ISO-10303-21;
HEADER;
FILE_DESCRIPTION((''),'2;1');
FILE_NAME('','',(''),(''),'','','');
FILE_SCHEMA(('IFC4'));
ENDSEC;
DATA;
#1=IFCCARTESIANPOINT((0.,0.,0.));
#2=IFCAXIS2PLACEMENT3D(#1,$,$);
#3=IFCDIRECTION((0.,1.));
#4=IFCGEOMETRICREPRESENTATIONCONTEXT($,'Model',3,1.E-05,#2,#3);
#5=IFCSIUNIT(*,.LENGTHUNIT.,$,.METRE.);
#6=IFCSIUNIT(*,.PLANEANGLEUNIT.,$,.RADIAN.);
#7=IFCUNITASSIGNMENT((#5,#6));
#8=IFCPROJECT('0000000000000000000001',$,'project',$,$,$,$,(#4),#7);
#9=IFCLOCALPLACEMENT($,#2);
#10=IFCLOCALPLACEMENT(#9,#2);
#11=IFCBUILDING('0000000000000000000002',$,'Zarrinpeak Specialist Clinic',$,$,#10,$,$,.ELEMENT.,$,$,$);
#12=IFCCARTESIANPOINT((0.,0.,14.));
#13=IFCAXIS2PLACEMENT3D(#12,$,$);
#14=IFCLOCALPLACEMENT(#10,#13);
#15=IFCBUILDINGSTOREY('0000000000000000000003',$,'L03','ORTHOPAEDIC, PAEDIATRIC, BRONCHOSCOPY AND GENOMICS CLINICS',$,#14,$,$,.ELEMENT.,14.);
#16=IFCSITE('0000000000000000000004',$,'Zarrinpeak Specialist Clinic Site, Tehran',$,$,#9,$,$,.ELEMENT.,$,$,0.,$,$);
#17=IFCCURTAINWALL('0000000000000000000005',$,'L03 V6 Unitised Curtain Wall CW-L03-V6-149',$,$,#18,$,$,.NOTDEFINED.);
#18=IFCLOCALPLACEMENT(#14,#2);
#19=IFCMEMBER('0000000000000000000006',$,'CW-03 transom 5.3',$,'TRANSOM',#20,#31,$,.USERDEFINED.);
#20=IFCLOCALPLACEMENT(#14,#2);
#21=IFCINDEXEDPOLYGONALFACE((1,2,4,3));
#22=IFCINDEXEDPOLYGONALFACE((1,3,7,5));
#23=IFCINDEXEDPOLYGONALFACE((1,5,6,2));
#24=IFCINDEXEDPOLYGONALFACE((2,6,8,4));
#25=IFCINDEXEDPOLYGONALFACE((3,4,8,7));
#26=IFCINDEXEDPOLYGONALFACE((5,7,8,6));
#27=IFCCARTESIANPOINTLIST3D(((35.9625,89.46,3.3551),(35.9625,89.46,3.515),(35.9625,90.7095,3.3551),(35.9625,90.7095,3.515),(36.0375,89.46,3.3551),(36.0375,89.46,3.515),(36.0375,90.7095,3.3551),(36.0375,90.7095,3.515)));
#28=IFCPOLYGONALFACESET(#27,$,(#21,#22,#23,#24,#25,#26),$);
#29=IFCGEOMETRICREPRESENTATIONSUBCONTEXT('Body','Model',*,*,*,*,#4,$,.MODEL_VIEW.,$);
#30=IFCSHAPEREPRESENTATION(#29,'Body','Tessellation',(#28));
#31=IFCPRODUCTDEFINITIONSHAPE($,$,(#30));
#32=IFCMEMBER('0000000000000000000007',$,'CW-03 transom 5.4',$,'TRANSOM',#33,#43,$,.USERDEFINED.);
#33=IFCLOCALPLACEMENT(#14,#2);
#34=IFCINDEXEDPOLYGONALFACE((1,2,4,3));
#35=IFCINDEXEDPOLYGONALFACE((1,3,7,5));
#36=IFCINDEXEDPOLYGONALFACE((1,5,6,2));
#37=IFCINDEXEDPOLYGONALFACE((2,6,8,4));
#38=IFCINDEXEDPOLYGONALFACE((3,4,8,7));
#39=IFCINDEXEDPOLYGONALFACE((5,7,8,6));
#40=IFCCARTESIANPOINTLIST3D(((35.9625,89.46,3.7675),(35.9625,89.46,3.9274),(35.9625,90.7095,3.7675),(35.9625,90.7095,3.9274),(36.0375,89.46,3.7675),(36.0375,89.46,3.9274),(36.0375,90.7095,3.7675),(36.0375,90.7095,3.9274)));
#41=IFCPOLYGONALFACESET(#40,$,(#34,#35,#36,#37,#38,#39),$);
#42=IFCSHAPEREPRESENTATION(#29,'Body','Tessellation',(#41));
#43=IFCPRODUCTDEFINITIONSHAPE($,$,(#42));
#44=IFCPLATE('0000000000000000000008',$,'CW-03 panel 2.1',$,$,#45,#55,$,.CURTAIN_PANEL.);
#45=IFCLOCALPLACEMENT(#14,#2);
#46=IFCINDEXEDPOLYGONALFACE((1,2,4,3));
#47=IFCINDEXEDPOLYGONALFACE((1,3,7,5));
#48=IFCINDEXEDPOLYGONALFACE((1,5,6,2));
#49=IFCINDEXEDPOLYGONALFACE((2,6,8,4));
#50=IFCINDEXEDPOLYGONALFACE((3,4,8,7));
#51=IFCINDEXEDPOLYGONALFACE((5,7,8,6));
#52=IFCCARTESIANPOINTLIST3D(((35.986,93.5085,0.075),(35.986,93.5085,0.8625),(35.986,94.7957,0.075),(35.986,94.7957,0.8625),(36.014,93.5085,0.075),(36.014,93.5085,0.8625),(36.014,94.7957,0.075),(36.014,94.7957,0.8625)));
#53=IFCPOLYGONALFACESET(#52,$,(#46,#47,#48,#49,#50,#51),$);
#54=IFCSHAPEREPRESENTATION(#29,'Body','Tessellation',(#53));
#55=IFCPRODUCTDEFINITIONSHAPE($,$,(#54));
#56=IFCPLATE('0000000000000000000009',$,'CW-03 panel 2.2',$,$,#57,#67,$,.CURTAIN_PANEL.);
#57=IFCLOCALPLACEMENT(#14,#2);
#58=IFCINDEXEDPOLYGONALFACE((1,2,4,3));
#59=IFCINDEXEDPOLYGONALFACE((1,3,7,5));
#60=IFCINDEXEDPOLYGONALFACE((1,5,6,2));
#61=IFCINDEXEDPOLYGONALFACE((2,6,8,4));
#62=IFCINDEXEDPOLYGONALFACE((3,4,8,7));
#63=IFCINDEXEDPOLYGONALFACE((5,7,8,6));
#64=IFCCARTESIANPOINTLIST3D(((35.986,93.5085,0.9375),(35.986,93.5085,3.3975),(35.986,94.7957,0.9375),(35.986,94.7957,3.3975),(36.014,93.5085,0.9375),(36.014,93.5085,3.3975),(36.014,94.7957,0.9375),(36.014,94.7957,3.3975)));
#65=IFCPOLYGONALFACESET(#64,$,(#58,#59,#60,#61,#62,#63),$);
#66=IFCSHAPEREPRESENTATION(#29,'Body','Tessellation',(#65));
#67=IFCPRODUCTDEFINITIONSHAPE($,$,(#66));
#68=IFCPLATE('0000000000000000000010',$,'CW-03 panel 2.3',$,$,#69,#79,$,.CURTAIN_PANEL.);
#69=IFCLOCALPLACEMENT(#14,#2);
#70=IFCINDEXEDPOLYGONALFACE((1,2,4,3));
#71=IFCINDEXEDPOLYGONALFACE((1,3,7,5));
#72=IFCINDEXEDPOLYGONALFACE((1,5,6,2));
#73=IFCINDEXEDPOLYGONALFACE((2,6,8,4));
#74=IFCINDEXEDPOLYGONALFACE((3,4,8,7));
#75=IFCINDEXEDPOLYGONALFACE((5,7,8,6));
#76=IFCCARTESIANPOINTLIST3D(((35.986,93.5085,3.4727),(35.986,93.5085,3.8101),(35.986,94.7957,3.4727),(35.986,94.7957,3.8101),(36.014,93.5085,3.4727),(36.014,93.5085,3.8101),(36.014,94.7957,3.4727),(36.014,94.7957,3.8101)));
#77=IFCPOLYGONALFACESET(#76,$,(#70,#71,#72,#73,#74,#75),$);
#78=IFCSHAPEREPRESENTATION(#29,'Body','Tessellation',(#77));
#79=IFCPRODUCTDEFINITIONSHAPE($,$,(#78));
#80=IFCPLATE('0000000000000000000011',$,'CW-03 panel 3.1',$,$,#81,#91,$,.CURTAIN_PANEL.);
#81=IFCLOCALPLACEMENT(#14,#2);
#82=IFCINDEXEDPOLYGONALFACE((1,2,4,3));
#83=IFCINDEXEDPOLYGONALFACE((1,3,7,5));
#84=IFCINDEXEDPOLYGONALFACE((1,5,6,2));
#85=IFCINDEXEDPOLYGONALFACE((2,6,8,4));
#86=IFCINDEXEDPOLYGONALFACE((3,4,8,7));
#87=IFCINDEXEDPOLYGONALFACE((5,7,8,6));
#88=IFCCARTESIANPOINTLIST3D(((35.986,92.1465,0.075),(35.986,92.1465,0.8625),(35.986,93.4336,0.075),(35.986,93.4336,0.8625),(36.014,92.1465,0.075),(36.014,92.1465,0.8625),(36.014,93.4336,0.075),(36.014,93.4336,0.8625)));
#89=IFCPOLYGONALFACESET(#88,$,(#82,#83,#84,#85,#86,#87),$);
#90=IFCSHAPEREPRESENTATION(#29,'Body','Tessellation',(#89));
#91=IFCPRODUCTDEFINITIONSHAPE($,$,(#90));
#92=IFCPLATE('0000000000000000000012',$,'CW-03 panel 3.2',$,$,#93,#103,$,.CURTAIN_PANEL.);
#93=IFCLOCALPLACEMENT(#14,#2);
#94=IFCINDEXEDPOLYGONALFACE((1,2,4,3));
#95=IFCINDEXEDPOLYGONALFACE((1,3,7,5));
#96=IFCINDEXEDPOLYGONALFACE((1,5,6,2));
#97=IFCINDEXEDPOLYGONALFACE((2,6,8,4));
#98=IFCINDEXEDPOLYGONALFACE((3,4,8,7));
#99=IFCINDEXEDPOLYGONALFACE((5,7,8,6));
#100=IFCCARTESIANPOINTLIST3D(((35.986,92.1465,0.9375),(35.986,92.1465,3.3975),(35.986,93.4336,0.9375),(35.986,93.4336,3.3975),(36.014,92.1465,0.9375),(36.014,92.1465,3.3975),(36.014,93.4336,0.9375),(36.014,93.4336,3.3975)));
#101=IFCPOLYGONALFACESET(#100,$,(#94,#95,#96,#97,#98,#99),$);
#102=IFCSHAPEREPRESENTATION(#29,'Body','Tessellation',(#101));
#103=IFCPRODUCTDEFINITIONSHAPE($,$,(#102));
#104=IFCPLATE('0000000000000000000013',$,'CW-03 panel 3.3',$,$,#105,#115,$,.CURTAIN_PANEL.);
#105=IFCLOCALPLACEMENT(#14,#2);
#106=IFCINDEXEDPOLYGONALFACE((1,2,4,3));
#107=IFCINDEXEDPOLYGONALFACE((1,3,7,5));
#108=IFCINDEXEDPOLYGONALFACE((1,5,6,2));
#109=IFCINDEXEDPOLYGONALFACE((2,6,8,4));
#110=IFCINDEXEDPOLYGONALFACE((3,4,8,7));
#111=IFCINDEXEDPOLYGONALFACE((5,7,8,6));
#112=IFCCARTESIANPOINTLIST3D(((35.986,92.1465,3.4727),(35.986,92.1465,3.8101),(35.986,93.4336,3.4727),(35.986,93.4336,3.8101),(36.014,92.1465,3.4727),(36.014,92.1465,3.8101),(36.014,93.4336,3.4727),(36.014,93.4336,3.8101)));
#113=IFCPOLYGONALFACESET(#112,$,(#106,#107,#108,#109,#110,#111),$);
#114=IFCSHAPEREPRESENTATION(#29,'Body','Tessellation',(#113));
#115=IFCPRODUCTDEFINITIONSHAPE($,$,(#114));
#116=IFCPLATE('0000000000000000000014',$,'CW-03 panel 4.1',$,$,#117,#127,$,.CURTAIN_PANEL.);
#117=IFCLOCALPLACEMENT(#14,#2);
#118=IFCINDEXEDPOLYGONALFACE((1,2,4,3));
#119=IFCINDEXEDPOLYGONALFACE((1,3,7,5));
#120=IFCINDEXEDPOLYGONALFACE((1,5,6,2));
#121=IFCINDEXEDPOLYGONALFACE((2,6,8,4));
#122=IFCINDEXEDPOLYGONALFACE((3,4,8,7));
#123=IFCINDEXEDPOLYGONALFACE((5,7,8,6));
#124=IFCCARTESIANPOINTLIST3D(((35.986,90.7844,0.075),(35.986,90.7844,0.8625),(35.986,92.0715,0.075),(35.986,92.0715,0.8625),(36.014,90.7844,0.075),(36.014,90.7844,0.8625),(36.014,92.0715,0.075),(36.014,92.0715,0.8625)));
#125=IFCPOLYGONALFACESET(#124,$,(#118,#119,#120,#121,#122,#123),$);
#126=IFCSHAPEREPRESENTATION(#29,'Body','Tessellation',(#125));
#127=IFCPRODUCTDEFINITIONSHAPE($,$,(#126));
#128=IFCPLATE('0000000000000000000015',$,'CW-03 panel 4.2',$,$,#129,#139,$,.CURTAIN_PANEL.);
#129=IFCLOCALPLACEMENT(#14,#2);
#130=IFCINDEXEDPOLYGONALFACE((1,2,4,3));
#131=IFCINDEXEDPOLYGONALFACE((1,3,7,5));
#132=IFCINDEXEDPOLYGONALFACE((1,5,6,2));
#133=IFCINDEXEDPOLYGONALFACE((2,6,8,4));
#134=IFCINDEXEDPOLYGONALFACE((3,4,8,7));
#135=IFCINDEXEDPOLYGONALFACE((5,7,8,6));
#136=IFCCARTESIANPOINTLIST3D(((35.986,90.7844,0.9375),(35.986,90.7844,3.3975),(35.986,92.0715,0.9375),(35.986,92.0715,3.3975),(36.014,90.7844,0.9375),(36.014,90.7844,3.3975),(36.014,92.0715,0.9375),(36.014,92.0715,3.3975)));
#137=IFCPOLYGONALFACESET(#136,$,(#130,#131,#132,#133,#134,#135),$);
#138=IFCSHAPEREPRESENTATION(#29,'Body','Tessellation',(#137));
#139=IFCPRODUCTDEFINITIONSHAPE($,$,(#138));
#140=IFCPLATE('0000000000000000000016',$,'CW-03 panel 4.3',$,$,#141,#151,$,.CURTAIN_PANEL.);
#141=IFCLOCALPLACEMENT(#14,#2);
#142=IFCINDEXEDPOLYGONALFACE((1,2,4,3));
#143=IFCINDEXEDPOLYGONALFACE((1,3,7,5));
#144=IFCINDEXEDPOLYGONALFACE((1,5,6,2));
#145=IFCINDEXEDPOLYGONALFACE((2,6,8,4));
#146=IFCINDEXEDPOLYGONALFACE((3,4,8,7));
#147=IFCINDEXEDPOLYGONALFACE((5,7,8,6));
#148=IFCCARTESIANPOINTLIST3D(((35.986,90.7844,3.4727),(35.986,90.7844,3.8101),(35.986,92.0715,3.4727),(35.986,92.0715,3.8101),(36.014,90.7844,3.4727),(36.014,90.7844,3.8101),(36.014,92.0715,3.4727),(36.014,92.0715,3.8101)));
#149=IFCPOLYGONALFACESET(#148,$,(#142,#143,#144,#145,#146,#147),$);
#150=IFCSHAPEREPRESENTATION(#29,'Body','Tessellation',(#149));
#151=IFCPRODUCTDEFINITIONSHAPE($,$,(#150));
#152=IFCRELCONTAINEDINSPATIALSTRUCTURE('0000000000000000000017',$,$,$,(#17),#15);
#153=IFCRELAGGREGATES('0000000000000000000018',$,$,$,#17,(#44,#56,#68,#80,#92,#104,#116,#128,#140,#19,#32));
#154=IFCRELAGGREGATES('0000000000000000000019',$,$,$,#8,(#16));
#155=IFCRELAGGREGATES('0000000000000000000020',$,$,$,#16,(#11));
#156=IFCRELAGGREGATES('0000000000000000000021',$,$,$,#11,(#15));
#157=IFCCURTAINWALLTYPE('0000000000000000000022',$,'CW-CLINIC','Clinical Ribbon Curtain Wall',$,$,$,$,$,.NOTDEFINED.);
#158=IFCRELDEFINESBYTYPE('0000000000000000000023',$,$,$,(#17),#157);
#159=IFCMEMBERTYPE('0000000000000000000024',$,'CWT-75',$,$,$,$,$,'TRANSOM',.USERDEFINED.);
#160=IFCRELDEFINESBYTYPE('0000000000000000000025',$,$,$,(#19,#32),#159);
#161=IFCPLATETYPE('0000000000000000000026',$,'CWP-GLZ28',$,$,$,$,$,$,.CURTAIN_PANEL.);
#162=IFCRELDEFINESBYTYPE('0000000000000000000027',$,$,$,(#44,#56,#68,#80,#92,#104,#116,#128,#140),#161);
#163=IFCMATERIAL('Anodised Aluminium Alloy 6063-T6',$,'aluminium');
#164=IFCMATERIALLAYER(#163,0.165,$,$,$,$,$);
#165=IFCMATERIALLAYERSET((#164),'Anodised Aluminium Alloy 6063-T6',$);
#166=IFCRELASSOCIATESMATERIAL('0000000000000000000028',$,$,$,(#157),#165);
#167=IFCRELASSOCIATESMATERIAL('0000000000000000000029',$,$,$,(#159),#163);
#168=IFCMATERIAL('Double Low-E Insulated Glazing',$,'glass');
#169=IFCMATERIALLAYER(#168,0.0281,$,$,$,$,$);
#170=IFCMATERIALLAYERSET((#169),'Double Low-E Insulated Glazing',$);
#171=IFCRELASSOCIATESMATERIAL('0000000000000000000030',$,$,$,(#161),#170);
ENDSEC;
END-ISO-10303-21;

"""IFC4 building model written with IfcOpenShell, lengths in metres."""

from ifc_helpers import new_model, si_unit, direction, frame, origin, origin_2d, place, context, subcontext, project, spatial, rectangle, extrude, material, layer, layer_set, material_profile, profile_set, type_object, element, aggregate, save


model = new_model("IFC4")

# Units and contexts
model_context = context("Model", 3, precision=1e-05, world=origin(), true_north=direction((0.0, 1.0)))
body_context = subcontext(model_context, "Body", "Model", "MODEL_VIEW")
ifc_project = project(units=[si_unit("LENGTHUNIT", "METRE"), si_unit("PLANEANGLEUNIT", "RADIAN")], contexts=[model_context])

# Site, building, storey
site_placement = place(None, origin())
site = spatial("IfcSite", under=ifc_project, at=site_placement, Name="Zarrinpeak Specialist Clinic Site, Tehran", CompositionType="ELEMENT", RefElevation=0.0)
building_placement = place(site_placement, origin())
building = spatial("IfcBuilding", under=site, at=building_placement, Name="Zarrinpeak Specialist Clinic", CompositionType="ELEMENT")
storey_placement = place(building_placement, frame((0.0, 0.0, 14.0)))
storey = spatial("IfcBuildingStorey", under=building, at=storey_placement, Name="L03", Description="ORTHOPAEDIC, PAEDIATRIC, BRONCHOSCOPY AND GENOMICS CLINICS", CompositionType="ELEMENT", Elevation=14.0)

# Curtain wall, members, plates
ifc_material_1 = material(Name="Anodised Aluminium Alloy 6063-T6", Category="aluminium")
ifc_layer_1 = layer(ifc_material_1, 0.165)
ifc_layer_set_1 = layer_set([ifc_layer_1], Name="Anodised Aluminium Alloy 6063-T6")
curtain_wall_type = type_object("IfcCurtainWallType", Name="CW-CLINIC", Description="Clinical Ribbon Curtain Wall", PredefinedType="NOTDEFINED", material=ifc_layer_set_1)
curtain_wall_placement = place(storey_placement, origin())
curtain_wall = element("IfcCurtainWall", 1, at=curtain_wall_placement, inside=storey, type_object=curtain_wall_type, Name="L03 V6 Unitised Curtain Wall CW-L03-V6-149", PredefinedType="NOTDEFINED")
ifc_material_profile_1 = material_profile(ifc_material_1, rectangle(XDim=0.075, YDim=0.1599, at=origin_2d()), Name="ALU 75x160")
ifc_profile_set_1 = profile_set([ifc_material_profile_1], Name="Anodised Aluminium Alloy 6063-T6")
member_type_1 = type_object("IfcMemberType", Name="CWT-75", ElementType="TRANSOM", PredefinedType="USERDEFINED", material=ifc_profile_set_1)
member_1_placement = place(storey_placement, frame((36.0, 90.7095, 3.4351), z_axis=(0.0, -1.0, 0.0), x_axis=(1.0, 0.0, 0.0)))
member_1 = element("IfcMember", 2, at=member_1_placement, type_object=member_type_1, Name="CW-03 transom 5.3", ObjectType="TRANSOM", PredefinedType="USERDEFINED", context=body_context, shape_type="SweptSolid", body=[
    extrude(rectangle(XDim=0.075, YDim=0.1599, at=origin_2d()), origin(), (0.0, 0.0, 1.0), 1.2495),
])
member_2_placement = place(storey_placement, frame((36.0, 90.7095, 3.8474), z_axis=(0.0, -1.0, 0.0), x_axis=(1.0, 0.0, 0.0)))
member_2 = element("IfcMember", 3, at=member_2_placement, type_object=member_type_1, Name="CW-03 transom 5.4", ObjectType="TRANSOM", PredefinedType="USERDEFINED", context=body_context, shape_type="SweptSolid", body=[
    extrude(rectangle(XDim=0.075, YDim=0.1599, at=origin_2d()), origin(), (0.0, 0.0, 1.0), 1.2495),
])
ifc_material_2 = material(Name="Double Low-E Insulated Glazing", Category="glass")
ifc_layer_2 = layer(ifc_material_2, 0.0281)
ifc_layer_set_2 = layer_set([ifc_layer_2], Name="Double Low-E Insulated Glazing")
plate_type = type_object("IfcPlateType", Name="CWP-GLZ28", PredefinedType="CURTAIN_PANEL", material=ifc_layer_set_2)
plate_1_placement = place(storey_placement, frame((36.0, 94.1521, 0.075), z_axis=(0.0, 0.0, 1.0), x_axis=(0.0, -1.0, 0.0)))
plate_1 = element("IfcPlate", 4, at=plate_1_placement, type_object=plate_type, Name="CW-03 panel 2.1", PredefinedType="CURTAIN_PANEL", context=body_context, shape_type="SweptSolid", body=[
    extrude(rectangle(XDim=1.2871, YDim=0.0281, at=origin_2d()), origin(), (0.0, 0.0, 1.0), 0.7876),
])
plate_2_placement = place(storey_placement, frame((36.0, 94.1521, 0.9375), z_axis=(0.0, 0.0, 1.0), x_axis=(0.0, -1.0, 0.0)))
plate_2 = element("IfcPlate", 5, at=plate_2_placement, type_object=plate_type, Name="CW-03 panel 2.2", PredefinedType="CURTAIN_PANEL", context=body_context, shape_type="SweptSolid", body=[
    extrude(rectangle(XDim=1.2871, YDim=0.0281, at=origin_2d()), origin(), (0.0, 0.0, 1.0), 2.46),
])
plate_3_placement = place(storey_placement, frame((36.0, 94.1521, 3.4727), z_axis=(0.0, 0.0, 1.0), x_axis=(0.0, -1.0, 0.0)))
plate_3 = element("IfcPlate", 6, at=plate_3_placement, type_object=plate_type, Name="CW-03 panel 2.3", PredefinedType="CURTAIN_PANEL", context=body_context, shape_type="SweptSolid", body=[
    extrude(rectangle(XDim=1.2871, YDim=0.0281, at=origin_2d()), origin(), (0.0, 0.0, 1.0), 0.3374),
])
plate_4_placement = place(storey_placement, frame((36.0, 92.79, 0.075), z_axis=(0.0, 0.0, 1.0), x_axis=(0.0, -1.0, 0.0)))
plate_4 = element("IfcPlate", 7, at=plate_4_placement, type_object=plate_type, Name="CW-03 panel 3.1", PredefinedType="CURTAIN_PANEL", context=body_context, shape_type="SweptSolid", body=[
    extrude(rectangle(XDim=1.2871, YDim=0.0281, at=origin_2d()), origin(), (0.0, 0.0, 1.0), 0.7876),
])
plate_5_placement = place(storey_placement, frame((36.0, 92.79, 0.9375), z_axis=(0.0, 0.0, 1.0), x_axis=(0.0, -1.0, 0.0)))
plate_5 = element("IfcPlate", 8, at=plate_5_placement, type_object=plate_type, Name="CW-03 panel 3.2", PredefinedType="CURTAIN_PANEL", context=body_context, shape_type="SweptSolid", body=[
    extrude(rectangle(XDim=1.2871, YDim=0.0281, at=origin_2d()), origin(), (0.0, 0.0, 1.0), 2.46),
])
plate_6_placement = place(storey_placement, frame((36.0, 92.79, 3.4727), z_axis=(0.0, 0.0, 1.0), x_axis=(0.0, -1.0, 0.0)))
plate_6 = element("IfcPlate", 9, at=plate_6_placement, type_object=plate_type, Name="CW-03 panel 3.3", PredefinedType="CURTAIN_PANEL", context=body_context, shape_type="SweptSolid", body=[
    extrude(rectangle(XDim=1.2871, YDim=0.0281, at=origin_2d()), origin(), (0.0, 0.0, 1.0), 0.3374),
])
plate_7_placement = place(storey_placement, frame((36.0, 91.428, 0.075), z_axis=(0.0, 0.0, 1.0), x_axis=(0.0, -1.0, 0.0)))
plate_7 = element("IfcPlate", 10, at=plate_7_placement, type_object=plate_type, Name="CW-03 panel 4.1", PredefinedType="CURTAIN_PANEL", context=body_context, shape_type="SweptSolid", body=[
    extrude(rectangle(XDim=1.2871, YDim=0.0281, at=origin_2d()), origin(), (0.0, 0.0, 1.0), 0.7876),
])
plate_8_placement = place(storey_placement, frame((36.0, 91.428, 0.9375), z_axis=(0.0, 0.0, 1.0), x_axis=(0.0, -1.0, 0.0)))
plate_8 = element("IfcPlate", 11, at=plate_8_placement, type_object=plate_type, Name="CW-03 panel 4.2", PredefinedType="CURTAIN_PANEL", context=body_context, shape_type="SweptSolid", body=[
    extrude(rectangle(XDim=1.2871, YDim=0.0281, at=origin_2d()), origin(), (0.0, 0.0, 1.0), 2.46),
])
plate_9_placement = place(storey_placement, frame((36.0, 91.428, 3.4727), z_axis=(0.0, 0.0, 1.0), x_axis=(0.0, -1.0, 0.0)))
plate_9 = element("IfcPlate", 12, at=plate_9_placement, type_object=plate_type, Name="CW-03 panel 4.3", PredefinedType="CURTAIN_PANEL", context=body_context, shape_type="SweptSolid", body=[
    extrude(rectangle(XDim=1.2871, YDim=0.0281, at=origin_2d()), origin(), (0.0, 0.0, 1.0), 0.3374),
])
aggregate(curtain_wall, [plate_1, plate_2, plate_3, plate_4, plate_5, plate_6, plate_7, plate_8, plate_9, member_1, member_2])

save(model, "model.ifc")
